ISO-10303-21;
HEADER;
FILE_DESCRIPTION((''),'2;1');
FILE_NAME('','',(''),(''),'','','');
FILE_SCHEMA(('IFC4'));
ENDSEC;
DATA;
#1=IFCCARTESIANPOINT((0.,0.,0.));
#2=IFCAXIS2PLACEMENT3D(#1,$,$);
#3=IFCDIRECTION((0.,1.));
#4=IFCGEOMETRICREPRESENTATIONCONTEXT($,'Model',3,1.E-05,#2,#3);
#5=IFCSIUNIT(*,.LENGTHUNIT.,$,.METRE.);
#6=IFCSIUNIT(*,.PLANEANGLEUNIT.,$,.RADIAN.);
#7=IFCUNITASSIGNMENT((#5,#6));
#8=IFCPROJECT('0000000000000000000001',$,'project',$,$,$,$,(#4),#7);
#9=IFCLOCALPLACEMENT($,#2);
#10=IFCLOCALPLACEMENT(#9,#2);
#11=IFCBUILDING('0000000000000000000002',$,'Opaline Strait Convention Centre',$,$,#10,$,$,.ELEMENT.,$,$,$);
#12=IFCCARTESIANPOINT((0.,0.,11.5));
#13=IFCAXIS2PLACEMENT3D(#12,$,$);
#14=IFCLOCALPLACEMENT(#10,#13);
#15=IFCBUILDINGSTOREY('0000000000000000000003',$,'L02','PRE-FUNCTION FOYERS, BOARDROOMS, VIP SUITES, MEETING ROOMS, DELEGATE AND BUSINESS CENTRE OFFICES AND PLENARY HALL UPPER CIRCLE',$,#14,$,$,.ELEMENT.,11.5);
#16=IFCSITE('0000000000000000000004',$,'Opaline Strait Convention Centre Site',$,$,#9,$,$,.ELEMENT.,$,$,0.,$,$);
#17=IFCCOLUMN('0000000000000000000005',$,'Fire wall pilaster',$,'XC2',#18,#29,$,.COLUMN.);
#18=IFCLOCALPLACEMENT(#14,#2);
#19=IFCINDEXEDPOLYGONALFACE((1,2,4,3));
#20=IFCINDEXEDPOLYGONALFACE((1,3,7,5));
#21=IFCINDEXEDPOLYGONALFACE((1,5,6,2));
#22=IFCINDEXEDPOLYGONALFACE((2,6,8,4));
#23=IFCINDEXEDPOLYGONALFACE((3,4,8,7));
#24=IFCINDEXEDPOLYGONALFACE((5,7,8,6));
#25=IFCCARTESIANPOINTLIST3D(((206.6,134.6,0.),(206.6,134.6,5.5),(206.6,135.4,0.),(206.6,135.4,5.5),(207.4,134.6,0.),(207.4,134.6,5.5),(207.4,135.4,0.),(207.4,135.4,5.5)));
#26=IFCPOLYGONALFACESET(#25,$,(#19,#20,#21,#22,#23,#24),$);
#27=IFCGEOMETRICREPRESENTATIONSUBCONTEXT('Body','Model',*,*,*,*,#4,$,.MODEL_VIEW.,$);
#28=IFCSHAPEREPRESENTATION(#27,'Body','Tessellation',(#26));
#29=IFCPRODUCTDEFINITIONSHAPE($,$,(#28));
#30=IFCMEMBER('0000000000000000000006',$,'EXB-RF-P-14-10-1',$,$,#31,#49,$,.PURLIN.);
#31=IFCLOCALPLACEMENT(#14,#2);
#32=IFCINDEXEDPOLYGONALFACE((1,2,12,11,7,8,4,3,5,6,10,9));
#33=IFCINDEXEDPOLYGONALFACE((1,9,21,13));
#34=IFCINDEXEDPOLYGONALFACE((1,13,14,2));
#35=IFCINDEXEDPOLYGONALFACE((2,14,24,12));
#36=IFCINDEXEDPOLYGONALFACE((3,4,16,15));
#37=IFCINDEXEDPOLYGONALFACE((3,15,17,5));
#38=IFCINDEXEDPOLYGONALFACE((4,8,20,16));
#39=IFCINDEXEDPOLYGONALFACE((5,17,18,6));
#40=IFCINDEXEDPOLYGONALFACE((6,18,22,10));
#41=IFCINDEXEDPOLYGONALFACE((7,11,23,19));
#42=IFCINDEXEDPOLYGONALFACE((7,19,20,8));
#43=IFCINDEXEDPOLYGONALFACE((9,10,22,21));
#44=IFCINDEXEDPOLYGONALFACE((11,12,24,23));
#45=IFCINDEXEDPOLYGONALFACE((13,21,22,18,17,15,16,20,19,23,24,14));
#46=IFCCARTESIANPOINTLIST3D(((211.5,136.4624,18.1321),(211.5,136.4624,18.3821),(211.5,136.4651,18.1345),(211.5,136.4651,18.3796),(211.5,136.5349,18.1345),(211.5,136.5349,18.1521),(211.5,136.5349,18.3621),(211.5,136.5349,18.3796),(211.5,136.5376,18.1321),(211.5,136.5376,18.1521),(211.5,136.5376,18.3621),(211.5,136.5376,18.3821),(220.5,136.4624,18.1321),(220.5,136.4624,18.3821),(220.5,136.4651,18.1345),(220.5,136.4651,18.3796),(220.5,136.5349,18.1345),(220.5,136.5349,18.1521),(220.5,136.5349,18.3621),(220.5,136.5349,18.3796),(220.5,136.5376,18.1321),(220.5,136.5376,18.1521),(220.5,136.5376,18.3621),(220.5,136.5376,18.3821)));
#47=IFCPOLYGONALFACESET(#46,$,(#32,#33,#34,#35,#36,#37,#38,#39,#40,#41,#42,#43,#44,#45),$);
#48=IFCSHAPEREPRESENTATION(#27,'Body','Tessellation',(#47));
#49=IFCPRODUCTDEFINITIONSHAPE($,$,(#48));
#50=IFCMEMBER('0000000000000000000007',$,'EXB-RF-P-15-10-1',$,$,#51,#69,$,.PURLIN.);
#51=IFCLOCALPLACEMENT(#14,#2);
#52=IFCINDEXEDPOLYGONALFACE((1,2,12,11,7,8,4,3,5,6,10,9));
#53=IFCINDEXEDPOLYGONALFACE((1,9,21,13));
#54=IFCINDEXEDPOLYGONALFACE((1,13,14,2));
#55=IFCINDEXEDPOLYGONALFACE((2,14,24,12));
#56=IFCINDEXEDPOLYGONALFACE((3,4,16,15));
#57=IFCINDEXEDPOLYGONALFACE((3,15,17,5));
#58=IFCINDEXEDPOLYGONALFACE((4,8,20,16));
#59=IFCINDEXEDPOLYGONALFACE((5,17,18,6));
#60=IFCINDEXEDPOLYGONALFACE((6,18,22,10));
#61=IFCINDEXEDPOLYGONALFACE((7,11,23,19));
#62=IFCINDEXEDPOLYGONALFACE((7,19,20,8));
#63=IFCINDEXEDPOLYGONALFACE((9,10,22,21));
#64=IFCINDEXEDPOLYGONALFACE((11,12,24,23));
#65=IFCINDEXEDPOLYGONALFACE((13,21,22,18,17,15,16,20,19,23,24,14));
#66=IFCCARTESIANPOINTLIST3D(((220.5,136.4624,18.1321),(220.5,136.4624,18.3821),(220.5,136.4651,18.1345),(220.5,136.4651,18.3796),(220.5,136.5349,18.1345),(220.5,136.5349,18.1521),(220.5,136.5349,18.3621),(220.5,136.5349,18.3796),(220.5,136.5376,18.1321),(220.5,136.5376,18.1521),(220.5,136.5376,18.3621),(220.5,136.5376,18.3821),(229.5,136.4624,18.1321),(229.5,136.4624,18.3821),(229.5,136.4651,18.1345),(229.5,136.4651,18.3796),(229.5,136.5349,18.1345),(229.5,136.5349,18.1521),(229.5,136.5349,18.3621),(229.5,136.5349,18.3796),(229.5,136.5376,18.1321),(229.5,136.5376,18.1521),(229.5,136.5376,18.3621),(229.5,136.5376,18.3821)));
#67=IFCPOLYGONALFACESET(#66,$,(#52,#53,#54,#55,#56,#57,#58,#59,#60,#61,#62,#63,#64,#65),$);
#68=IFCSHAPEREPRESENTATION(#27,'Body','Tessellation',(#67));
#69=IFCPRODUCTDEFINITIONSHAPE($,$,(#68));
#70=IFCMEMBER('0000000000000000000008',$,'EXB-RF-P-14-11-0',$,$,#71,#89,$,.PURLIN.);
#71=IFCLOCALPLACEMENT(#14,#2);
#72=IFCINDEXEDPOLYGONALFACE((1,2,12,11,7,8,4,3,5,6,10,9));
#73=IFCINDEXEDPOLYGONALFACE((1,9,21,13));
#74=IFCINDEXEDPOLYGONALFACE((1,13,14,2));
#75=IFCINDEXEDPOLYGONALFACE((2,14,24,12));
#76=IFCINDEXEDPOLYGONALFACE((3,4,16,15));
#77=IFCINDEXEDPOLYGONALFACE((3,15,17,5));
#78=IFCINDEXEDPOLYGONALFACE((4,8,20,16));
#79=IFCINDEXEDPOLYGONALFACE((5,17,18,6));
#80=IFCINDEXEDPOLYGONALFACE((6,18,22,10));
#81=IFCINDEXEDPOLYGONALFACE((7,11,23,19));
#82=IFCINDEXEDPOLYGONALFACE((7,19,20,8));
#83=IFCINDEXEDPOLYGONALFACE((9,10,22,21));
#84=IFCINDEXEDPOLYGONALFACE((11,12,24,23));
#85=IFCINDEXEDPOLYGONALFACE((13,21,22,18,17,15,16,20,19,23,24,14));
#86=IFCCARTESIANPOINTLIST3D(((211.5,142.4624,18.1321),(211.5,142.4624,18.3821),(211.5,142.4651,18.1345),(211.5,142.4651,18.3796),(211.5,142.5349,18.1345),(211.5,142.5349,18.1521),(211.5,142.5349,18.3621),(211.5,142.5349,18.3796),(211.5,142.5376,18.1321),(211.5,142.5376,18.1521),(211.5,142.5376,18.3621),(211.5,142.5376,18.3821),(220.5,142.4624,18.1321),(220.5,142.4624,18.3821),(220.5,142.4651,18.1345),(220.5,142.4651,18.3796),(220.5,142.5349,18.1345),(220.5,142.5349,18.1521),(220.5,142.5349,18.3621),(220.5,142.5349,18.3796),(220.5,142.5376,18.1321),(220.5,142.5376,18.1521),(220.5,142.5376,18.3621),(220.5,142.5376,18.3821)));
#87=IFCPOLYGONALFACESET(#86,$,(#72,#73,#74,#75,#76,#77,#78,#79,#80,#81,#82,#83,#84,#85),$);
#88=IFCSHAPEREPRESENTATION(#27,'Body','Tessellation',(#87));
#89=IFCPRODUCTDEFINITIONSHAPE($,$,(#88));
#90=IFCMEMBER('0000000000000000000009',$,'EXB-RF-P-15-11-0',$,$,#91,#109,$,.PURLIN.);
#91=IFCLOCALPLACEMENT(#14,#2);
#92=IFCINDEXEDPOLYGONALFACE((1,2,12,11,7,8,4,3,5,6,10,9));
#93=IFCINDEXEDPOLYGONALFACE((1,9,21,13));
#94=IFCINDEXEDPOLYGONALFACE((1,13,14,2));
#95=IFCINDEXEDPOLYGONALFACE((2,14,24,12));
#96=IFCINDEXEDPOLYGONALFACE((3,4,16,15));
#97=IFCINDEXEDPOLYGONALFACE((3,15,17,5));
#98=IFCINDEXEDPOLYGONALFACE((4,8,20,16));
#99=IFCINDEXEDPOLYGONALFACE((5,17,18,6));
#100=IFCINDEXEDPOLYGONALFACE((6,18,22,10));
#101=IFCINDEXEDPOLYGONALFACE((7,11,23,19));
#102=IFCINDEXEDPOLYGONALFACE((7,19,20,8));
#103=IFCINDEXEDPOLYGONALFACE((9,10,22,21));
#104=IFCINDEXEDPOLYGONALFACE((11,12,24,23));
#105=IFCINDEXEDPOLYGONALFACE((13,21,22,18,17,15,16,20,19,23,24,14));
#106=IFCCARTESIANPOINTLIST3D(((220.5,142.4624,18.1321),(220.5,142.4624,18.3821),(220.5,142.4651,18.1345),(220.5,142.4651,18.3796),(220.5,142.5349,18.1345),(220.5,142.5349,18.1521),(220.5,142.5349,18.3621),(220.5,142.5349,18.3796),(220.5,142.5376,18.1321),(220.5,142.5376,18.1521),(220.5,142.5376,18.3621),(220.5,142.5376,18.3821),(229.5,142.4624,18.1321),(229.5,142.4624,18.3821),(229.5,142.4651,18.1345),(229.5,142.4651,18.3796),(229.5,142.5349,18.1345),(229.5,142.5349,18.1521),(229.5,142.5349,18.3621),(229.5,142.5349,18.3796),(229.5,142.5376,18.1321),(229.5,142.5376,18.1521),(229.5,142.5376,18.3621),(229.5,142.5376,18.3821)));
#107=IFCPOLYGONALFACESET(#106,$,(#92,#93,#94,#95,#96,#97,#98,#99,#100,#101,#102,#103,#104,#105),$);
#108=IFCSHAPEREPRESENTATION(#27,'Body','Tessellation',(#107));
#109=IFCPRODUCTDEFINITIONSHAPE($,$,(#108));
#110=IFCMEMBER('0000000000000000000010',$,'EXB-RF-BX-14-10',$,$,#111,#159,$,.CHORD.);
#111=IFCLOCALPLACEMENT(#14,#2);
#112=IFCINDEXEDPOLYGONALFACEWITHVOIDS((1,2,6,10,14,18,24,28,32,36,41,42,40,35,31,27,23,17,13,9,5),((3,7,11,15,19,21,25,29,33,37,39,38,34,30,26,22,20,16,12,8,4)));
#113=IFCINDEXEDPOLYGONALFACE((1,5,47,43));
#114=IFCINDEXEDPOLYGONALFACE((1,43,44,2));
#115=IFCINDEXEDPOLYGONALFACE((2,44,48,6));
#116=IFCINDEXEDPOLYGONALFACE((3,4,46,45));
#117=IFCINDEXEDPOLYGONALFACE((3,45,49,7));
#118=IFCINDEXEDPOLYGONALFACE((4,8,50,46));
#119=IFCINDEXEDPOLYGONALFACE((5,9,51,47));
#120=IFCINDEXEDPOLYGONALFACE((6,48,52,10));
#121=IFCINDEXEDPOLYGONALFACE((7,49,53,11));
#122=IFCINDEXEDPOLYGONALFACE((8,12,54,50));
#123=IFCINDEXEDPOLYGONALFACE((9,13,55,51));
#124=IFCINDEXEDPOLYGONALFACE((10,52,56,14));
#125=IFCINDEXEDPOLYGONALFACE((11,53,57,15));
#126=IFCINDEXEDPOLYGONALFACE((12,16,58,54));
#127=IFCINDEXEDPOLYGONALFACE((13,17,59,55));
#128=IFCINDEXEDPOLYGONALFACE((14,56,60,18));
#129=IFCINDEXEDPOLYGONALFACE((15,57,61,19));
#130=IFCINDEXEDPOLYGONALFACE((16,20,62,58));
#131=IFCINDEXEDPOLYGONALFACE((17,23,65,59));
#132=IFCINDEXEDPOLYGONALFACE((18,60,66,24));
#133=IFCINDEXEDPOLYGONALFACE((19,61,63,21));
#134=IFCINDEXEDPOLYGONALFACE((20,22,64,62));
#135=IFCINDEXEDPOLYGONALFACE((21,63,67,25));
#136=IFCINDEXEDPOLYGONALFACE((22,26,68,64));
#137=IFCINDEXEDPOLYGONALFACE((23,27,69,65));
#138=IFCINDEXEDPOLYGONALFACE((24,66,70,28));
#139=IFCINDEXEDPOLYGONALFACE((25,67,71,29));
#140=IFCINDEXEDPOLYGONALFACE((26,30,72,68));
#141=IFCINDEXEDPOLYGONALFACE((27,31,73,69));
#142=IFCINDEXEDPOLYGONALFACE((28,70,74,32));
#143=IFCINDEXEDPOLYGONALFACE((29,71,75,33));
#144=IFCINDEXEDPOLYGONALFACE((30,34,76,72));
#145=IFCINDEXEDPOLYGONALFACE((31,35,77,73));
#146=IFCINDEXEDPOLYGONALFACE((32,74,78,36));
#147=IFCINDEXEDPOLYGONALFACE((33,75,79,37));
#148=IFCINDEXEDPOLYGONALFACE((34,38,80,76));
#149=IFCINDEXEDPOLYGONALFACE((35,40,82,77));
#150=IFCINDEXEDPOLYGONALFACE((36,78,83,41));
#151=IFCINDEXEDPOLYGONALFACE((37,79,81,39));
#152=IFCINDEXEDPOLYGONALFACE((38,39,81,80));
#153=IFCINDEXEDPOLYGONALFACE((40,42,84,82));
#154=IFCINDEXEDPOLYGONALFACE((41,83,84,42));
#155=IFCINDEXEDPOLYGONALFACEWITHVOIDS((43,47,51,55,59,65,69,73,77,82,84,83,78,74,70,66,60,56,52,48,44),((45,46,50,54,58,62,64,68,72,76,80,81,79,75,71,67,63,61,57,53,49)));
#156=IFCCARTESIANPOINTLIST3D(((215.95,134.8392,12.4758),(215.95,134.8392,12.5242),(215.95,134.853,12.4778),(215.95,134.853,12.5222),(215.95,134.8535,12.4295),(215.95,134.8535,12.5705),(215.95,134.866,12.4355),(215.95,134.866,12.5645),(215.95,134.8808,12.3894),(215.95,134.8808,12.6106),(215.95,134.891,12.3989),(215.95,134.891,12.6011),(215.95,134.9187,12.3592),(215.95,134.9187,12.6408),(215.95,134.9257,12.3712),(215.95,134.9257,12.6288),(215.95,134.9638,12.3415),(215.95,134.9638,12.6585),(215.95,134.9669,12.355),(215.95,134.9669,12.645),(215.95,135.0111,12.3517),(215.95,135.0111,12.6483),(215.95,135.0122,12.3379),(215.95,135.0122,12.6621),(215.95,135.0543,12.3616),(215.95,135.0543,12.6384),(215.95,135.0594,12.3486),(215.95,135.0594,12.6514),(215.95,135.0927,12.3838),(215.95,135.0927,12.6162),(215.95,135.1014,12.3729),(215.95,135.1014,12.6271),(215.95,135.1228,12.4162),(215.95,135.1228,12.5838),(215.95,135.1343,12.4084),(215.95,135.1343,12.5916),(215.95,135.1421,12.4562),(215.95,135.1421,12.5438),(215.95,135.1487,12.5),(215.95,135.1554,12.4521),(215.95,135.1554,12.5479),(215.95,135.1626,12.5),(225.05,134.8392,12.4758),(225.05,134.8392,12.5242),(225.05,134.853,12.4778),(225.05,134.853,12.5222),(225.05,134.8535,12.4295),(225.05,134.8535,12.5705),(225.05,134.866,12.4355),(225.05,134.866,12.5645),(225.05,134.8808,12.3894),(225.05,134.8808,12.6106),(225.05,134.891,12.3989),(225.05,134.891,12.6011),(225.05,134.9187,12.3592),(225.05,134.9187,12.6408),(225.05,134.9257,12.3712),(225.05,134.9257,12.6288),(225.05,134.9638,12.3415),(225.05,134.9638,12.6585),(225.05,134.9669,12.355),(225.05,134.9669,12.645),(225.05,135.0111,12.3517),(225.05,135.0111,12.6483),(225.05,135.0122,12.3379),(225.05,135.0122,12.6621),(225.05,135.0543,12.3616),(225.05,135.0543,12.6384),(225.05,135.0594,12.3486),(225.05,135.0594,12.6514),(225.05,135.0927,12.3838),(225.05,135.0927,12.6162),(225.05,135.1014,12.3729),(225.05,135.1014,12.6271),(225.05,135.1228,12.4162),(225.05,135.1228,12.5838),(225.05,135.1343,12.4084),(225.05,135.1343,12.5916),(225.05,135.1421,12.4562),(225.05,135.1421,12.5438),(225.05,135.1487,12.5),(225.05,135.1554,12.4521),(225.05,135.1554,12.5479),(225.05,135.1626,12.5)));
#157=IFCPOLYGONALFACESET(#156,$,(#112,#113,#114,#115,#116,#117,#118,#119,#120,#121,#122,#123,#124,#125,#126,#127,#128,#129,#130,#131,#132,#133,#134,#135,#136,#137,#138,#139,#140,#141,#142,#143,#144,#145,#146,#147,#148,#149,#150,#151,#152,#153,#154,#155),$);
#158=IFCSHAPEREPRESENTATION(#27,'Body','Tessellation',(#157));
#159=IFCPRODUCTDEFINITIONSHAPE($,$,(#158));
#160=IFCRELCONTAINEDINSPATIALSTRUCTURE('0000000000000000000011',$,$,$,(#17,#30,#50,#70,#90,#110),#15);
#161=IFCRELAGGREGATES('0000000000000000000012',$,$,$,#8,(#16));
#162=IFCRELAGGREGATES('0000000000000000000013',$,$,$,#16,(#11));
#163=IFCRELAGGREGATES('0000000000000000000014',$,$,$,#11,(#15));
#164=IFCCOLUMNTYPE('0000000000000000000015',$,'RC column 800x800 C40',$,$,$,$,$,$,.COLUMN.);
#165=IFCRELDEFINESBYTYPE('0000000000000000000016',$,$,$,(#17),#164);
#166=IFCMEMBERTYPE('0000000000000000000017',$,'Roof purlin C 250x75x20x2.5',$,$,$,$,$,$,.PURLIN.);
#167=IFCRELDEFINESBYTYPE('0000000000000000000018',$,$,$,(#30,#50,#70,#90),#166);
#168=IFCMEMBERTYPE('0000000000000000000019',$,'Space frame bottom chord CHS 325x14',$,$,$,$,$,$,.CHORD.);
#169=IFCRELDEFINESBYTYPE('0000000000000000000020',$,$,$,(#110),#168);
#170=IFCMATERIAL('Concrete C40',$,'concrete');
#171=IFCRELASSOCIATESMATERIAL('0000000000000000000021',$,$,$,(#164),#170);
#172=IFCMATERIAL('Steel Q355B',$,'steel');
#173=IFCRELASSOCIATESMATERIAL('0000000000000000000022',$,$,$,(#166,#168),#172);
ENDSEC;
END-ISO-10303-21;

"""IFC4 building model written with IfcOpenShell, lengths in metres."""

from ifc_helpers import new_model, si_unit, direction, frame, origin, origin_2d, place, context, subcontext, project, spatial, polyline, rectangle, hollow_circle, outline, extrude, material, material_profile, profile_set, type_object, element, save


model = new_model("IFC4")

# Units and contexts
model_context = context("Model", 3, precision=1e-05, world=origin(), true_north=direction((0.0, 1.0)))
body_context = subcontext(model_context, "Body", "Model", "MODEL_VIEW")
ifc_project = project(units=[si_unit("LENGTHUNIT", "METRE"), si_unit("PLANEANGLEUNIT", "RADIAN")], contexts=[model_context])

# Site, building, storey
site_placement = place(None, origin())
site = spatial("IfcSite", under=ifc_project, at=site_placement, Name="Opaline Strait Convention Centre Site", CompositionType="ELEMENT", RefElevation=0.0)
building_placement = place(site_placement, origin())
building = spatial("IfcBuilding", under=site, at=building_placement, Name="Opaline Strait Convention Centre", CompositionType="ELEMENT")
storey_placement = place(building_placement, frame((0.0, 0.0, 11.5)))
storey = spatial("IfcBuildingStorey", under=building, at=storey_placement, Name="L02", Description="PRE-FUNCTION FOYERS, BOARDROOMS, VIP SUITES, MEETING ROOMS, DELEGATE AND BUSINESS CENTRE OFFICES AND PLENARY HALL UPPER CIRCLE", CompositionType="ELEMENT", Elevation=11.5)

# Column
ifc_material_1 = material(Name="Concrete C40", Category="concrete")
ifc_material_profile_1 = material_profile(ifc_material_1, rectangle(XDim=0.8, YDim=0.8, at=origin_2d()), Name="RC 800x800")
ifc_profile_set_1 = profile_set([ifc_material_profile_1], Name="Concrete C40")
column_type = type_object("IfcColumnType", Name="RC column 800x800 C40", PredefinedType="COLUMN", material=ifc_profile_set_1)
column_placement = place(storey_placement, frame((207.0, 135.0, 0.0), z_axis=(0.0, 0.0, 1.0), x_axis=(1.0, 0.0, 0.0)))
element("IfcColumn", 1, at=column_placement, inside=storey, type_object=column_type, Name="Fire wall pilaster", ObjectType="XC2", PredefinedType="COLUMN", context=body_context, shape_type="SweptSolid", body=[
    extrude(rectangle(XDim=0.8, YDim=0.8, at=origin_2d()), origin(), (0.0, 0.0, 1.0), 5.5),
])

# Members
ifc_material_2 = material(Name="Steel Q355B", Category="steel")
ifc_material_profile_2 = material_profile(ifc_material_2, outline(polyline([(-0.0376, -0.125), (0.0376, -0.125), (0.0376, -0.105), (0.0349, -0.105), (0.0349, -0.1226), (-0.0349, -0.1226), (-0.0349, 0.1226), (0.0349, 0.1226), (0.0349, 0.105), (0.0376, 0.105), (0.0376, 0.125), (-0.0376, 0.125), (-0.0376, -0.125)])), Name="C 250x75x20x2.5")
ifc_profile_set_2 = profile_set([ifc_material_profile_2], Name="Steel Q355B")
member_type_1 = type_object("IfcMemberType", Name="Roof purlin C 250x75x20x2.5", PredefinedType="PURLIN", material=ifc_profile_set_2)
for number, where, z_axis, x_axis, name in (
    (2, (211.5, 136.5, 18.2571), (1.0, 0.0, 0.0), (0.0, 1.0, 0.0), "EXB-RF-P-14-10-1"),
    (3, (220.5, 136.5, 18.2571), (1.0, 0.0, 0.0), (0.0, 1.0, 0.0), "EXB-RF-P-15-10-1"),
    (4, (211.5, 142.5, 18.2571), (1.0, 0.0, 0.0), (0.0, 1.0, 0.0), "EXB-RF-P-14-11-0"),
    (5, (220.5, 142.5, 18.2571), (1.0, 0.0, 0.0), (0.0, 1.0, 0.0), "EXB-RF-P-15-11-0"),
):
    element("IfcMember", number, at=place(storey_placement, frame(where, z_axis=z_axis, x_axis=x_axis)), inside=storey, type_object=member_type_1, Name=name, PredefinedType="PURLIN", context=body_context, shape_type="SweptSolid", body=[
        extrude(outline(polyline([(-0.0376, -0.125), (0.0376, -0.125), (0.0376, -0.105), (0.0349, -0.105), (0.0349, -0.1226), (-0.0349, -0.1226), (-0.0349, 0.1226), (0.0349, 0.1226), (0.0349, 0.105), (0.0376, 0.105), (0.0376, 0.125), (-0.0376, 0.125), (-0.0376, -0.125)])), origin(), (0.0, 0.0, 1.0), 9.0),
    ])
ifc_material_profile_3 = material_profile(ifc_material_2, hollow_circle(Radius=0.1626, WallThickness=0.0139, at=origin_2d()), Name="CHS 325x14")
ifc_profile_set_3 = profile_set([ifc_material_profile_3], Name="Steel Q355B")
member_type_2 = type_object("IfcMemberType", Name="Space frame bottom chord CHS 325x14", PredefinedType="CHORD", material=ifc_profile_set_3)
for number, where, z_axis, x_axis, name in (
    (6, (215.95, 135.0, 12.5), (1.0, 0.0, 0.0), (0.0, 1.0, 0.0), "EXB-RF-BX-14-10"),
):
    element("IfcMember", number, at=place(storey_placement, frame(where, z_axis=z_axis, x_axis=x_axis)), inside=storey, type_object=member_type_2, Name=name, PredefinedType="CHORD", context=body_context, shape_type="SweptSolid", body=[
        extrude(hollow_circle(Radius=0.1626, WallThickness=0.0139, at=origin_2d()), origin(), (0.0, 0.0, 1.0), 9.1001),
    ])

save(model, "model.ifc")
